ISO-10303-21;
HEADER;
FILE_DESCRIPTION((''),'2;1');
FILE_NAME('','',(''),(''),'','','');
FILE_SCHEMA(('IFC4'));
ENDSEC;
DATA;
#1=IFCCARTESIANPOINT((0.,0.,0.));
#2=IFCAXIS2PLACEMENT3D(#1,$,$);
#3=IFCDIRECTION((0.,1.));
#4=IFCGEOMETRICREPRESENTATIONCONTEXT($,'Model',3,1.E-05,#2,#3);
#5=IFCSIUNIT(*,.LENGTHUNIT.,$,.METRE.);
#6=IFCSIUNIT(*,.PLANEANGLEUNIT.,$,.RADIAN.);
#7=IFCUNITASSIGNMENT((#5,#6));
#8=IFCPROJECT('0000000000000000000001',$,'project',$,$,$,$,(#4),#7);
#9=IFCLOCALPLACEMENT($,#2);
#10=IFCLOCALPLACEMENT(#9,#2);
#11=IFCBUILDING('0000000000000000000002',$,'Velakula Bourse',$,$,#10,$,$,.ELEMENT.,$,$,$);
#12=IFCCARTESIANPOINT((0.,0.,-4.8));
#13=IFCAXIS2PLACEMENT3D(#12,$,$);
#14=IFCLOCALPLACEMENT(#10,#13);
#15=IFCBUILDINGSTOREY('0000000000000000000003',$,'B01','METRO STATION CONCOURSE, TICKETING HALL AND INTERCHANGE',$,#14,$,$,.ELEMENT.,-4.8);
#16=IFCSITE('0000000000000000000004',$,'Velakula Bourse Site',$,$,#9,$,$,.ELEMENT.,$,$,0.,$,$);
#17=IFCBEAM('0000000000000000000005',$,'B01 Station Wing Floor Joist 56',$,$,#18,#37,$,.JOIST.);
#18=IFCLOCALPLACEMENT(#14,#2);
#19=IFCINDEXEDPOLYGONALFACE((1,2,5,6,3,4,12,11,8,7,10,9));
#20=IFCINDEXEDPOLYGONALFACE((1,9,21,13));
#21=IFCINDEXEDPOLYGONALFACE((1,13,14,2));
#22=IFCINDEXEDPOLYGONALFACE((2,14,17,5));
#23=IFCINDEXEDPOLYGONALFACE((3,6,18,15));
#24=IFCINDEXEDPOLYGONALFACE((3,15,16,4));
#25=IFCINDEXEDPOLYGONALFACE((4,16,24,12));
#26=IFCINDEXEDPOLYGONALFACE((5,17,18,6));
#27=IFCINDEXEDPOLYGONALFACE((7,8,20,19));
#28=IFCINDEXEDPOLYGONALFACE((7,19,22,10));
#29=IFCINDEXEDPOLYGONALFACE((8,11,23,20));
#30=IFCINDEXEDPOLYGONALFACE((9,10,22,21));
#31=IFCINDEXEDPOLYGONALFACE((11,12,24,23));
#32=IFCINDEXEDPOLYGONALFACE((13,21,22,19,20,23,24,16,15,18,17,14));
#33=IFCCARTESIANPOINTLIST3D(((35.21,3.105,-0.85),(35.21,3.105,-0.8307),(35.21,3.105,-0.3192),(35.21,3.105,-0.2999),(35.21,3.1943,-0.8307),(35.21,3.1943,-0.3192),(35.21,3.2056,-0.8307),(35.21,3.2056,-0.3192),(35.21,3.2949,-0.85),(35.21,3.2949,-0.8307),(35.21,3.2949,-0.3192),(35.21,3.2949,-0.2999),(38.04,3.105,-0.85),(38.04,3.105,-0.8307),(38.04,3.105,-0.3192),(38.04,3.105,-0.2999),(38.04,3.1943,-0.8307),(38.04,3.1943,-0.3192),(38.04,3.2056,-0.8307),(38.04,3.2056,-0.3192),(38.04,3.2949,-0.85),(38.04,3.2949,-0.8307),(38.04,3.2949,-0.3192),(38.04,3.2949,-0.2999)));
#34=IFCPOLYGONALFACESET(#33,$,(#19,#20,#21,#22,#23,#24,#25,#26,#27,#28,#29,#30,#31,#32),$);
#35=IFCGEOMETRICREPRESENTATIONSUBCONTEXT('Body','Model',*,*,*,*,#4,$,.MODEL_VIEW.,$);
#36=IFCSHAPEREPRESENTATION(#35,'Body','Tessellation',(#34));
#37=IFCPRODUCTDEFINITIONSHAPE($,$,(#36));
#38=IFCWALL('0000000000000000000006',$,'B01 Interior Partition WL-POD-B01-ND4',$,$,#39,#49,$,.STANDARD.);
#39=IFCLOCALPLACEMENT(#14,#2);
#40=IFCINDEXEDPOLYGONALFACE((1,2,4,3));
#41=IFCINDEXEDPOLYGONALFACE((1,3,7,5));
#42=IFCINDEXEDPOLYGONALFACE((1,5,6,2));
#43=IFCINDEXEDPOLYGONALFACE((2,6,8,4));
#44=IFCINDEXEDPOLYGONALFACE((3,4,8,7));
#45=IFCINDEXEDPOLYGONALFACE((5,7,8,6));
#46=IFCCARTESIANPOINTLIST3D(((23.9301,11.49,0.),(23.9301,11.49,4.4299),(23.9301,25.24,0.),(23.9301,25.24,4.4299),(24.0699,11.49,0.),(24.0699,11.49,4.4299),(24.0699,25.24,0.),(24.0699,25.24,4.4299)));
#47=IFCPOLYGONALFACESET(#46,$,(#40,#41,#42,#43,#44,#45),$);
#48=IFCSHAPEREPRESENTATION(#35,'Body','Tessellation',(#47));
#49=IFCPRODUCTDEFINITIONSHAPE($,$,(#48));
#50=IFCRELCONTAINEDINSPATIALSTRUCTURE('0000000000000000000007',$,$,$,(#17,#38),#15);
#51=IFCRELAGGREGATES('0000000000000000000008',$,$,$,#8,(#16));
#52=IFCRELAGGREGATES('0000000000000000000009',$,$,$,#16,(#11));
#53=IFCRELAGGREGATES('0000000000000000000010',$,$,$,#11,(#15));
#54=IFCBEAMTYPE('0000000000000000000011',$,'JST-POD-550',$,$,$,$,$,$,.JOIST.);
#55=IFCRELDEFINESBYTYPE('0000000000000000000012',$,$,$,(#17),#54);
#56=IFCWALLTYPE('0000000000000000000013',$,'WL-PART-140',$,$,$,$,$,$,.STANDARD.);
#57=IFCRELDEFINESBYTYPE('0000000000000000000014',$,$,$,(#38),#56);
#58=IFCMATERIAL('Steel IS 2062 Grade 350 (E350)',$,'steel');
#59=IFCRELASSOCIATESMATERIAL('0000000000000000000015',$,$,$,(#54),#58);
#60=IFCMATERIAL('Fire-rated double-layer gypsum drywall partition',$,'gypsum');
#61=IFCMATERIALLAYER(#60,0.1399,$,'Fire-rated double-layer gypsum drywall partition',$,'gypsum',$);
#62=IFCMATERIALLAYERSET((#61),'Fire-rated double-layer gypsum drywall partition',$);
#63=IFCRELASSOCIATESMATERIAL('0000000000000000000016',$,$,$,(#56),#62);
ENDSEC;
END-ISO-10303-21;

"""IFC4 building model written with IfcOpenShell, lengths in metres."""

from ifc_helpers import new_model, si_unit, direction, frame, frame_2d, origin, origin_2d, place, context, subcontext, project, spatial, rectangle, i_section, extrude, material, layer, layer_set, material_profile, profile_set, type_object, element, save


model = new_model("IFC4")

# Units and contexts
model_context = context("Model", 3, precision=1e-05, world=origin(), true_north=direction((0.0, 1.0)))
body_context = subcontext(model_context, "Body", "Model", "MODEL_VIEW")
ifc_project = project(units=[si_unit("LENGTHUNIT", "METRE"), si_unit("PLANEANGLEUNIT", "RADIAN")], contexts=[model_context])

# Site, building, storey
site_placement = place(None, origin())
site = spatial("IfcSite", under=ifc_project, at=site_placement, Name="Velakula Bourse Site", CompositionType="ELEMENT", RefElevation=0.0)
building_placement = place(site_placement, origin())
building = spatial("IfcBuilding", under=site, at=building_placement, Name="Velakula Bourse", CompositionType="ELEMENT")
storey_placement = place(building_placement, frame((0.0, 0.0, -4.8)))
storey = spatial("IfcBuildingStorey", under=building, at=storey_placement, Name="B01", Description="METRO STATION CONCOURSE, TICKETING HALL AND INTERCHANGE", CompositionType="ELEMENT", Elevation=-4.8)

# Beam
ifc_material_1 = material(Name="Steel IS 2062 Grade 350 (E350)", Category="steel")
ifc_material_profile_1 = material_profile(ifc_material_1, i_section(OverallWidth=0.1899, OverallDepth=0.55, WebThickness=0.0112, FlangeThickness=0.0193, at=origin_2d()), Name="Steel IS 2062 Grade 350 (E350)")
ifc_profile_set_1 = profile_set([ifc_material_profile_1], Name="Steel IS 2062 Grade 350 (E350)")
beam_type_1 = type_object("IfcBeamType", Name="JST-POD-550", PredefinedType="JOIST", material=ifc_profile_set_1)
beam_1_placement = place(storey_placement, frame((35.21, 3.2, -0.575), z_axis=(1.0, 0.0, 0.0), x_axis=(0.0, 1.0, 0.0)))
element("IfcBeam", 1, at=beam_1_placement, inside=storey, type_object=beam_type_1, Name="B01 Station Wing Floor Joist 56", PredefinedType="JOIST", context=body_context, shape_type="SweptSolid", body=[
    extrude(i_section(OverallWidth=0.1899, OverallDepth=0.55, WebThickness=0.0112, FlangeThickness=0.0193, at=origin_2d()), origin(), (0.0, 0.0, 1.0), 2.8301),
])

# Wall
ifc_material_2 = material(Name="Fire-rated double-layer gypsum drywall partition", Category="gypsum")
ifc_layer = layer(ifc_material_2, 0.1399, Name="Fire-rated double-layer gypsum drywall partition", Category="gypsum")
ifc_layer_set = layer_set([ifc_layer], Name="Fire-rated double-layer gypsum drywall partition")
wall_type = type_object("IfcWallType", Name="WL-PART-140", PredefinedType="STANDARD", material=ifc_layer_set)
wall_placement = place(storey_placement, frame((24.0, 11.49, 0.0), z_axis=(0.0, 0.0, 1.0), x_axis=(0.0, 1.0, 0.0)))
element("IfcWall", 2, at=wall_placement, inside=storey, type_object=wall_type, Name="B01 Interior Partition WL-POD-B01-ND4", PredefinedType="STANDARD", context=body_context, shape_type="SweptSolid", body=[
    extrude(rectangle(XDim=13.75, YDim=0.1399, at=frame_2d((6.875, 0.0))), origin(), (0.0, 0.0, 1.0), 4.4299),
])

save(model, "model.ifc")
